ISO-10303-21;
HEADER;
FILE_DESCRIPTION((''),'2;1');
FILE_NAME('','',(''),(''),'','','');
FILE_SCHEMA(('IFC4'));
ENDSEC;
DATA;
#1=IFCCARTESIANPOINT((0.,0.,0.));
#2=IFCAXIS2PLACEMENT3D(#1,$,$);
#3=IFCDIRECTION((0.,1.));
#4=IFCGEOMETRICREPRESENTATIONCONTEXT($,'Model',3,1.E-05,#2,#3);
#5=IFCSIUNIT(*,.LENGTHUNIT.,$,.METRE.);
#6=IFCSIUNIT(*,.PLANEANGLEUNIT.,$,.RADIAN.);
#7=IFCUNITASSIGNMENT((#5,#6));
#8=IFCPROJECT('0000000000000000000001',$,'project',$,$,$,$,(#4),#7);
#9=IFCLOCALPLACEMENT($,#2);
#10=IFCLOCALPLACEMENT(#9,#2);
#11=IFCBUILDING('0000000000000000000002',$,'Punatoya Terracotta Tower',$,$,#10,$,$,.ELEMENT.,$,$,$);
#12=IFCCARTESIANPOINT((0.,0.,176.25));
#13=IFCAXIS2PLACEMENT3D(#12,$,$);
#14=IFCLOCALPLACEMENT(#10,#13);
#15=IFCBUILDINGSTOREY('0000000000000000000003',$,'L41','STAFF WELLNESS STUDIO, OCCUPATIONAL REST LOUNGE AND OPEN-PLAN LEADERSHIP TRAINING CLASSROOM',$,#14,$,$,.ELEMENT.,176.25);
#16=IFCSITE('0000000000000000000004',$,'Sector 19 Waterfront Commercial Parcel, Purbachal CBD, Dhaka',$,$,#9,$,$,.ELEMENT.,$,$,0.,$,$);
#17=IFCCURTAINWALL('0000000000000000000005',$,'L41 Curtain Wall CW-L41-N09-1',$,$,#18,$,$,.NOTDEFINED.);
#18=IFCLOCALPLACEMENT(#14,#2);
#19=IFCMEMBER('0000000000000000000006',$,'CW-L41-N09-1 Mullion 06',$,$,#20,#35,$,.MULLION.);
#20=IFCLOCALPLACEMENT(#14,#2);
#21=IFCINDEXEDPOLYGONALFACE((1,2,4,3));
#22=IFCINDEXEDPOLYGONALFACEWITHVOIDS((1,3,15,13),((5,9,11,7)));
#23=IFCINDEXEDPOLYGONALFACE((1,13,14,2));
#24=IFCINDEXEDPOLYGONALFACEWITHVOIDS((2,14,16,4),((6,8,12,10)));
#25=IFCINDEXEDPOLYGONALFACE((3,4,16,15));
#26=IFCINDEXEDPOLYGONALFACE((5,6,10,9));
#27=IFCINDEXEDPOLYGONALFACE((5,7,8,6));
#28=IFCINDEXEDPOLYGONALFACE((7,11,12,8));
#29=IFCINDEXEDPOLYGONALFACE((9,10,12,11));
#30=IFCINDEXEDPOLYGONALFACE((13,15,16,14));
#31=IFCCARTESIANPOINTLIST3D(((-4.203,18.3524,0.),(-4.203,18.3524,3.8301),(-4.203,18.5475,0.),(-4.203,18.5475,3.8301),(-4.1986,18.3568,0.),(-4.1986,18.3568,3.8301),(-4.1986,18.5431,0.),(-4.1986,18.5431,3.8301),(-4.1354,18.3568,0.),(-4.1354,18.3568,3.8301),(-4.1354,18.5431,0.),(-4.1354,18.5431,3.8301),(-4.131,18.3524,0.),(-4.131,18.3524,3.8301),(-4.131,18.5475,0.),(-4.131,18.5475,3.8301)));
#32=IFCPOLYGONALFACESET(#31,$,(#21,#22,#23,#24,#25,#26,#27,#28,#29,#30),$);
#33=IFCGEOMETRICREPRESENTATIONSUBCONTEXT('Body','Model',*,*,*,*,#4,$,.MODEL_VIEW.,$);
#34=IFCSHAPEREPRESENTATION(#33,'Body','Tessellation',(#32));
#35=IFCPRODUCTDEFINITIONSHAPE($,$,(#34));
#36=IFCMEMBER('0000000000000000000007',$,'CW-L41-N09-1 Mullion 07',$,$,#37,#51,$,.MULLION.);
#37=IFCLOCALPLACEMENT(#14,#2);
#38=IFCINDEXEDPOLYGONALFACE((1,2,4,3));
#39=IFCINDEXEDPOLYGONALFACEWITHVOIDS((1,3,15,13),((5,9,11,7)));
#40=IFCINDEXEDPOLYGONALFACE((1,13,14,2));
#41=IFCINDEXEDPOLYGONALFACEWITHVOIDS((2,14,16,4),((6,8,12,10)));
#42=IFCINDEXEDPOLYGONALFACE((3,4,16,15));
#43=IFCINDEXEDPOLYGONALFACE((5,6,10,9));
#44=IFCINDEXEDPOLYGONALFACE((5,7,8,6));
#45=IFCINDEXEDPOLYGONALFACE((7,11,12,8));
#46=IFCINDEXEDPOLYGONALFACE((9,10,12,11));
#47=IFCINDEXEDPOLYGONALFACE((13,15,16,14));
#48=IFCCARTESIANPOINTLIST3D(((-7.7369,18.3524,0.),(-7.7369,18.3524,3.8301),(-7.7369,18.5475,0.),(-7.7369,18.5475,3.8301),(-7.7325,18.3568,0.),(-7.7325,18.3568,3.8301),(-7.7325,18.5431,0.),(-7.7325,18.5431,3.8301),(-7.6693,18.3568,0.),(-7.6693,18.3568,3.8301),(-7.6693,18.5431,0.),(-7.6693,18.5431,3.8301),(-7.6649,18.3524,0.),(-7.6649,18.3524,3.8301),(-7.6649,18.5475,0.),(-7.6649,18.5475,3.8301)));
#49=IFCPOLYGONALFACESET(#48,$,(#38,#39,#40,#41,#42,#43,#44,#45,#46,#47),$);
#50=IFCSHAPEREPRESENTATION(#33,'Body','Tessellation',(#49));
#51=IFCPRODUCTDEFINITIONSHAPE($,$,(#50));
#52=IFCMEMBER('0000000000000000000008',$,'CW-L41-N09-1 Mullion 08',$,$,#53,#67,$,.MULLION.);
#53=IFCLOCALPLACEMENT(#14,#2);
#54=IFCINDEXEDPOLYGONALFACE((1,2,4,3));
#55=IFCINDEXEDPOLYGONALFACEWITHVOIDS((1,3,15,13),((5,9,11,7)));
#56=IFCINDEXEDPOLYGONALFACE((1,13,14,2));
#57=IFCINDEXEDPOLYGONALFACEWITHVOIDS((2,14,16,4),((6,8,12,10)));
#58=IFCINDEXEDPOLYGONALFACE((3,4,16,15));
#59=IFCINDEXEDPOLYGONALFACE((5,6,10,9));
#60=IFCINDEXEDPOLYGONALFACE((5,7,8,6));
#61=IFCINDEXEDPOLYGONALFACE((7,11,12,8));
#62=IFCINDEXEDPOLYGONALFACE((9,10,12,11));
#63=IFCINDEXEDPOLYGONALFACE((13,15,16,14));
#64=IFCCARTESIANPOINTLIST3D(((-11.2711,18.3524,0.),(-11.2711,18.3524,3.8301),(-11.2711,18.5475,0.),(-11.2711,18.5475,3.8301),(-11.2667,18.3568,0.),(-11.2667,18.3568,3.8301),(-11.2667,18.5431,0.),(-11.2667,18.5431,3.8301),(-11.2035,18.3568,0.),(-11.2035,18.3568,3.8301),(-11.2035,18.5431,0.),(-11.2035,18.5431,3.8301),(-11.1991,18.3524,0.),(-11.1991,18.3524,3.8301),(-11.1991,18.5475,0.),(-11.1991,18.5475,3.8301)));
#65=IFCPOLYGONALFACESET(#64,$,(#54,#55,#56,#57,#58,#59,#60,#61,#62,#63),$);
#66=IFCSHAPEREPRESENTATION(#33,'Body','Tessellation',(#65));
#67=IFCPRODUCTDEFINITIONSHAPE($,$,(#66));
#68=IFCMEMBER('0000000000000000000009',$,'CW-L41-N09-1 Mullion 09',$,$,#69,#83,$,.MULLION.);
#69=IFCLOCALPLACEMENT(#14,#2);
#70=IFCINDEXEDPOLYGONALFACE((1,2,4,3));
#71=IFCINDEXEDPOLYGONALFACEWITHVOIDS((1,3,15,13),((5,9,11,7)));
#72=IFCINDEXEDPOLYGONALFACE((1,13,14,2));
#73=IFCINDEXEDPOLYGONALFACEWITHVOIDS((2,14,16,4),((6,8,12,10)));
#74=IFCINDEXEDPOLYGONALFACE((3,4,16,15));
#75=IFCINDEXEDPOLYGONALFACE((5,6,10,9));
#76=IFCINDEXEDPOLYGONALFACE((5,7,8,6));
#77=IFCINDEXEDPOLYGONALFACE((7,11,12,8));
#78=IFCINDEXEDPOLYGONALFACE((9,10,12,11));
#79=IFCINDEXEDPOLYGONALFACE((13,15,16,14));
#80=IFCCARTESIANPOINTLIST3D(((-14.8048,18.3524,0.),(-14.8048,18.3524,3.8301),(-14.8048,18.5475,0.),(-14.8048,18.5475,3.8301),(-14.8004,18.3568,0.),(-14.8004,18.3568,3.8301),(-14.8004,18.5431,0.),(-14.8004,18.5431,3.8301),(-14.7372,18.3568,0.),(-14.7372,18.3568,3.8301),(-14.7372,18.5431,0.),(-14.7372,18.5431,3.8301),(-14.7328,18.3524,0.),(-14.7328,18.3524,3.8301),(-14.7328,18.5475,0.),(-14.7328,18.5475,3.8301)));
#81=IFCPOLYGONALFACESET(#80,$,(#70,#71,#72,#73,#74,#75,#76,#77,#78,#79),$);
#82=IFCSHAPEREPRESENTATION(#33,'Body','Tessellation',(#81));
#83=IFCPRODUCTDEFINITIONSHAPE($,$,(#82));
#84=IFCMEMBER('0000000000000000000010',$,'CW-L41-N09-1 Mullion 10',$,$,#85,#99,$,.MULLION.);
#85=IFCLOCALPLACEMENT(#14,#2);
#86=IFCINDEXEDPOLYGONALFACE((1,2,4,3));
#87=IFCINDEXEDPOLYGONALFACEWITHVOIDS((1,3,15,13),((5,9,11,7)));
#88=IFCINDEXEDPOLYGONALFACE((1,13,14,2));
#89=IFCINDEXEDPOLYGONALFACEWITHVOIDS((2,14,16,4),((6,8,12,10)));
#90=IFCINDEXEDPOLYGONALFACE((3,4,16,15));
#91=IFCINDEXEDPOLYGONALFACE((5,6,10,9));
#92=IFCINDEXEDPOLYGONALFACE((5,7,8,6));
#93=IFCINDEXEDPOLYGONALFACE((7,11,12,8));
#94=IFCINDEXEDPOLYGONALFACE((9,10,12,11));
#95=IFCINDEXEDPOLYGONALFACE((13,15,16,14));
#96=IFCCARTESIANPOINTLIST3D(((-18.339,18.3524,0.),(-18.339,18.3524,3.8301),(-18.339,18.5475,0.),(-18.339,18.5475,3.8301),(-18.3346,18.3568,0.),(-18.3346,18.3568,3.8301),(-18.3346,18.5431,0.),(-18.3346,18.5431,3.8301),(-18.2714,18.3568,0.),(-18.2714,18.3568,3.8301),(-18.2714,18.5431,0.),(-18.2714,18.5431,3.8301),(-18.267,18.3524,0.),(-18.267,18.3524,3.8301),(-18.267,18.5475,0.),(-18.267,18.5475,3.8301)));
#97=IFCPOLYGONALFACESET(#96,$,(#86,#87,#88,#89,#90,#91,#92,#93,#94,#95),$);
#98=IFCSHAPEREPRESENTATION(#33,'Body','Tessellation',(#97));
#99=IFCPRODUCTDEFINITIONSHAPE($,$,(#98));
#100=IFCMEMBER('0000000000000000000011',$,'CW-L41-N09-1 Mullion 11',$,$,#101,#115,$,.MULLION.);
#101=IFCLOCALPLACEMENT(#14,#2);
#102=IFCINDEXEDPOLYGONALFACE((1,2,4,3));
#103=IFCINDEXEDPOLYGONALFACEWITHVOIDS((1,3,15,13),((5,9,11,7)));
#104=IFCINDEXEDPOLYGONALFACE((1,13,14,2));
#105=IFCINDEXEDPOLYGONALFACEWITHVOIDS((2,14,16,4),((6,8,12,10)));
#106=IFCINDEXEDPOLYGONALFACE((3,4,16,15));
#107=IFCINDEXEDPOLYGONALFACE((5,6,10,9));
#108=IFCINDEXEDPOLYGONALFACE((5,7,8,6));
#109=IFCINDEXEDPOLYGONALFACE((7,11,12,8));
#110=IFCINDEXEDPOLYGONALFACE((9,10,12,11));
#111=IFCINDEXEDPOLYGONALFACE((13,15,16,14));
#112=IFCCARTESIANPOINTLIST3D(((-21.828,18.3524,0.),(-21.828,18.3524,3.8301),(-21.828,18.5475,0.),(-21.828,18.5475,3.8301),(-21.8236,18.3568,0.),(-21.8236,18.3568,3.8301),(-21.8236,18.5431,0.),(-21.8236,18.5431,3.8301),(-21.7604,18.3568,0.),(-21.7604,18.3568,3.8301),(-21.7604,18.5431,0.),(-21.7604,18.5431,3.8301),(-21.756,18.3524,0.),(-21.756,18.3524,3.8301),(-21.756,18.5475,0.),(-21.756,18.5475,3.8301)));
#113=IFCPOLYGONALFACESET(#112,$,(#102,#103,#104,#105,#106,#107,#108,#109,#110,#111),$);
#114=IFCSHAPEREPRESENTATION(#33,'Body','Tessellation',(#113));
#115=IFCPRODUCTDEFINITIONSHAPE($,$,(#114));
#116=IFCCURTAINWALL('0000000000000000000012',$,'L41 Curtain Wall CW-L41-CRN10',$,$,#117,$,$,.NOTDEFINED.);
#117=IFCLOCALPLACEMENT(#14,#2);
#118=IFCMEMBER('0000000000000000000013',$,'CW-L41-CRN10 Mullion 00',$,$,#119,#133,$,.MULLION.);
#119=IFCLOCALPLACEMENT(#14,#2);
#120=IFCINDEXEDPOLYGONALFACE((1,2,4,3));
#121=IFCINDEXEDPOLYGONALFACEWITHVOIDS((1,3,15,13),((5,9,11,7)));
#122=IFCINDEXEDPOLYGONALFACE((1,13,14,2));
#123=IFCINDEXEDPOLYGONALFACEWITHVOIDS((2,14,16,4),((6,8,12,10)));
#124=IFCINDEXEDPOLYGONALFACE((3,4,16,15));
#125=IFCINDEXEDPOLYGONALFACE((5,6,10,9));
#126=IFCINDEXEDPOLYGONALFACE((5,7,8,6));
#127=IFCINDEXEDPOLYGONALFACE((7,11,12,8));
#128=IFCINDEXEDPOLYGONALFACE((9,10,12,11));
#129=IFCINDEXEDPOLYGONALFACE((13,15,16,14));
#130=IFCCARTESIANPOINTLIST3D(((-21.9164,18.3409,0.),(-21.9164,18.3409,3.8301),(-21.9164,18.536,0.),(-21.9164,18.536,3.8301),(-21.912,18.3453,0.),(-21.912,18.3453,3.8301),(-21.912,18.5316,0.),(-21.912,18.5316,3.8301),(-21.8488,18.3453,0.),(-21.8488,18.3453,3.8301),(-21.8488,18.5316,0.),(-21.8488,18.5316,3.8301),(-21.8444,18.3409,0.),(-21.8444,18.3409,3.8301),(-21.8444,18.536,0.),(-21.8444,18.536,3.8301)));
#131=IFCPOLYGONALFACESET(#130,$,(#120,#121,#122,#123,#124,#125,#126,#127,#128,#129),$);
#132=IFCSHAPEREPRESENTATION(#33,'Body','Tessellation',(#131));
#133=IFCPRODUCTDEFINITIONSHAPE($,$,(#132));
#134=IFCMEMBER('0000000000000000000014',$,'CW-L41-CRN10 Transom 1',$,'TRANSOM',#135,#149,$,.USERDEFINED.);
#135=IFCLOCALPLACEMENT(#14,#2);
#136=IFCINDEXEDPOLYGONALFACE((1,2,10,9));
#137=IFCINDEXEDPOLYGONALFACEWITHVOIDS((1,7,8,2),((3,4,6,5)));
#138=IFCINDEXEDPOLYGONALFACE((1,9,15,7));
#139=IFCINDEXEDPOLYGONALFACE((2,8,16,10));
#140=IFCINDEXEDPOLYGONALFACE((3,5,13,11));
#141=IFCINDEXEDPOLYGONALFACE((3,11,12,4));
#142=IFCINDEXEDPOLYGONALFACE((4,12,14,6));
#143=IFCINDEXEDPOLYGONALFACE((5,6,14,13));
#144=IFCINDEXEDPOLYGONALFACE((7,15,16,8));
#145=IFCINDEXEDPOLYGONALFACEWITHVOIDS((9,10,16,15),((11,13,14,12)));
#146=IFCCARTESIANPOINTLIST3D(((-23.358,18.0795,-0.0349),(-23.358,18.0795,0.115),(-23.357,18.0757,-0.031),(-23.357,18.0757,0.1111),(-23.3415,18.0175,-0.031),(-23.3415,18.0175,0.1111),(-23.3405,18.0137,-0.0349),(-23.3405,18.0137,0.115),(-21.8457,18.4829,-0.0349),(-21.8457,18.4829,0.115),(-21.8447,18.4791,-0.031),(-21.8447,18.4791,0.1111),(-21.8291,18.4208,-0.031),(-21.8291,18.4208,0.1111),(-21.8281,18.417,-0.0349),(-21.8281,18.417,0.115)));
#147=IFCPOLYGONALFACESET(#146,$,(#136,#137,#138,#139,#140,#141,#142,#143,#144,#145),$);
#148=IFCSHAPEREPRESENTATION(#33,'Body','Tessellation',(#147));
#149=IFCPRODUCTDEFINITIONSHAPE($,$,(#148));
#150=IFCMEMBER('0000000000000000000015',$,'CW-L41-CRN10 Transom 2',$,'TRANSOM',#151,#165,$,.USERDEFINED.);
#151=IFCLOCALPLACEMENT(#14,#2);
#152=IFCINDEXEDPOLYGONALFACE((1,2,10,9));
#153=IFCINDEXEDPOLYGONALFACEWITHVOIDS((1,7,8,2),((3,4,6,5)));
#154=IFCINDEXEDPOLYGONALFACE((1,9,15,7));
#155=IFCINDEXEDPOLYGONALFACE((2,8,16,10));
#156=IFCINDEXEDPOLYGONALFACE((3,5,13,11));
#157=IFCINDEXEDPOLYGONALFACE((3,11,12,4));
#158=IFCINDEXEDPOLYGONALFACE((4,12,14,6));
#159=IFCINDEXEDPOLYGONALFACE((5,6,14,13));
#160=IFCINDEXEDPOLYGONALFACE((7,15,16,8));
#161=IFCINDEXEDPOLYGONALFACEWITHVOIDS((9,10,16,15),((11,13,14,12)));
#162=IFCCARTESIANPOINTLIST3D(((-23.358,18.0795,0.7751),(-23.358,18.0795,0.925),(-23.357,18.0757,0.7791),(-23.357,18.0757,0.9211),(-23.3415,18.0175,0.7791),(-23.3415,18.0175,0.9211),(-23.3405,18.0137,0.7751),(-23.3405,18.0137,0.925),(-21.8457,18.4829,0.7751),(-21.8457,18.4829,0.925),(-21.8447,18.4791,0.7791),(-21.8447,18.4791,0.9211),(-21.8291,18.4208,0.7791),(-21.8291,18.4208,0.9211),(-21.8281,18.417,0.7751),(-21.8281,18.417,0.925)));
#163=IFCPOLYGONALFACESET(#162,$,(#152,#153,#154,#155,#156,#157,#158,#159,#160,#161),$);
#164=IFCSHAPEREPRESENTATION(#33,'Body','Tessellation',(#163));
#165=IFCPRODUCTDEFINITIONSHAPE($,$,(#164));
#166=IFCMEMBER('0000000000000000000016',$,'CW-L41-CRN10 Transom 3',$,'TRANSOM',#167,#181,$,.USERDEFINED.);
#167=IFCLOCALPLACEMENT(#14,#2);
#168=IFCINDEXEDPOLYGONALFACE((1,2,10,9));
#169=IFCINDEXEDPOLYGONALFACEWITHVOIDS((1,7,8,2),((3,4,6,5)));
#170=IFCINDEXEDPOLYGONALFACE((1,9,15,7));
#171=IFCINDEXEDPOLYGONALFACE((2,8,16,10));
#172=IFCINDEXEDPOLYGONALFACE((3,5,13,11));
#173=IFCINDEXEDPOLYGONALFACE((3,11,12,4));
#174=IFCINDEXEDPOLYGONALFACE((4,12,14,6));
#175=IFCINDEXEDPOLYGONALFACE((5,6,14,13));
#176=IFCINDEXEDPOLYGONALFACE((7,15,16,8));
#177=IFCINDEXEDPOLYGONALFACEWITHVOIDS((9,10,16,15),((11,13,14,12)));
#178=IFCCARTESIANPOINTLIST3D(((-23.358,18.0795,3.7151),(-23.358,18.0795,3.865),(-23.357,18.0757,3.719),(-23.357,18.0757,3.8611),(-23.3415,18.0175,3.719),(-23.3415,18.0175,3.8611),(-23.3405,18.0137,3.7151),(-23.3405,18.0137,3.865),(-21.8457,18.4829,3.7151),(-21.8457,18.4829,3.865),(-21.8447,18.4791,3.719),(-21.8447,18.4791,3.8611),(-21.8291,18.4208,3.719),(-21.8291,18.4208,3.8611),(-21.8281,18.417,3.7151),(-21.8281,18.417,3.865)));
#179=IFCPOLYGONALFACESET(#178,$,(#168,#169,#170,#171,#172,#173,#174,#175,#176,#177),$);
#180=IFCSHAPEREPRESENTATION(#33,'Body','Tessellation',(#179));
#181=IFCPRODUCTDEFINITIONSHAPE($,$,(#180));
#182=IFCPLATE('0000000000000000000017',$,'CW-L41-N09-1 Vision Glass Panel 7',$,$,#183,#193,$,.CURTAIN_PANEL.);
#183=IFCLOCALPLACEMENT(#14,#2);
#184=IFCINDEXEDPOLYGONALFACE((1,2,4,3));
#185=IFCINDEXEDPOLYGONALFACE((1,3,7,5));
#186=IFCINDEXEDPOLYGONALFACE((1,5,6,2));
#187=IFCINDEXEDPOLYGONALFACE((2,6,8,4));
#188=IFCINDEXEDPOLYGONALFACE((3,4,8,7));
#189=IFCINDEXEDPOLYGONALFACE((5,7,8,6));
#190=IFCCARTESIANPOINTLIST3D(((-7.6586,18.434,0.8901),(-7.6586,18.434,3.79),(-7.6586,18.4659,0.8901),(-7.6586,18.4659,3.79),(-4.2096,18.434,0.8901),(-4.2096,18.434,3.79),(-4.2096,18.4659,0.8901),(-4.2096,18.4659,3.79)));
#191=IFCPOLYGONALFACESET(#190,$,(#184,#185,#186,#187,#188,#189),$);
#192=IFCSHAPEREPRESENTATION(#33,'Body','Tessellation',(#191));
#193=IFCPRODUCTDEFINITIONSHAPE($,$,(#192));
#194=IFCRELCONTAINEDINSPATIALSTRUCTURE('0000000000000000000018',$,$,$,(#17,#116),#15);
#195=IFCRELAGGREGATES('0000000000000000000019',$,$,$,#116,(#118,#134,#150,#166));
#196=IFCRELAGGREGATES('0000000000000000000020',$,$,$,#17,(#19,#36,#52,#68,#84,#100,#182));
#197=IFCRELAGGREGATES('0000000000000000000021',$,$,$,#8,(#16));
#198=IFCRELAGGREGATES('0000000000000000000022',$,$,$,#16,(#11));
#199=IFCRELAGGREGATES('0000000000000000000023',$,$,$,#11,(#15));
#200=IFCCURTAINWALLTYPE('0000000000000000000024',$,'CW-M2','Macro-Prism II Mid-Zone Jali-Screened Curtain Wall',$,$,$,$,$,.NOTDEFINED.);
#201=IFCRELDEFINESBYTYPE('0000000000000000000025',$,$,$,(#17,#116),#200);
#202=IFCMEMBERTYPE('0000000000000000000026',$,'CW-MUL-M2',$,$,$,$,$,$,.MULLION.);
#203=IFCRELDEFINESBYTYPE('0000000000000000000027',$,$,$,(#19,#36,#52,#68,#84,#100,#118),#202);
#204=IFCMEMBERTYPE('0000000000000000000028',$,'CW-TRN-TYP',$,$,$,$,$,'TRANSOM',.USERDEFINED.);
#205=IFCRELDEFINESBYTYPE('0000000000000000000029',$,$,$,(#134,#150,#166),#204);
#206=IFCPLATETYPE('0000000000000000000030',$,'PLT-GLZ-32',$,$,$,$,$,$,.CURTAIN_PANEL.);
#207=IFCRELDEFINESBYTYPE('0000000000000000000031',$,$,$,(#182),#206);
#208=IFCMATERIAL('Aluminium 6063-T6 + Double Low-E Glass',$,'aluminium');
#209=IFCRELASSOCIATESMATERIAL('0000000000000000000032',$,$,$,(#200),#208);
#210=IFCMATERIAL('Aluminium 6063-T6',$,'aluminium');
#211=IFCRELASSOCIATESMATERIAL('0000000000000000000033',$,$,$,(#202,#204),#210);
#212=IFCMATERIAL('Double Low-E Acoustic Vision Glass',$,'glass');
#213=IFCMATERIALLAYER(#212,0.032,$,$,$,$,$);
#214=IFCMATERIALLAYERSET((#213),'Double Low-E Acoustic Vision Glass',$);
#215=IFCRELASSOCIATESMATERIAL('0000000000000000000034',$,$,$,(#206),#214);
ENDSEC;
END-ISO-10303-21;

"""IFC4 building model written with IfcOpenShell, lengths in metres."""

from ifc_helpers import new_model, si_unit, direction, frame, origin, origin_2d, place, context, subcontext, project, spatial, rectangle, hollow_rectangle, extrude, material, layer, layer_set, material_profile, profile_set, type_object, element, aggregate, save


model = new_model("IFC4")

# Units and contexts
model_context = context("Model", 3, precision=1e-05, world=origin(), true_north=direction((0.0, 1.0)))
body_context = subcontext(model_context, "Body", "Model", "MODEL_VIEW")
ifc_project = project(units=[si_unit("LENGTHUNIT", "METRE"), si_unit("PLANEANGLEUNIT", "RADIAN")], contexts=[model_context])

# Site, building, storey
site_placement = place(None, origin())
site = spatial("IfcSite", under=ifc_project, at=site_placement, Name="Sector 19 Waterfront Commercial Parcel, Purbachal CBD, Dhaka", CompositionType="ELEMENT", RefElevation=0.0)
building_placement = place(site_placement, origin())
building = spatial("IfcBuilding", under=site, at=building_placement, Name="Punatoya Terracotta Tower", CompositionType="ELEMENT")
storey_placement = place(building_placement, frame((0.0, 0.0, 176.25)))
storey = spatial("IfcBuildingStorey", under=building, at=storey_placement, Name="L41", Description="STAFF WELLNESS STUDIO, OCCUPATIONAL REST LOUNGE AND OPEN-PLAN LEADERSHIP TRAINING CLASSROOM", CompositionType="ELEMENT", Elevation=176.25)

# Curtain walls, members
ifc_material_1 = material(Name="Aluminium 6063-T6 + Double Low-E Glass", Category="aluminium")
curtain_wall_type = type_object("IfcCurtainWallType", Name="CW-M2", Description="Macro-Prism II Mid-Zone Jali-Screened Curtain Wall", PredefinedType="NOTDEFINED", material=ifc_material_1)
curtain_wall_1_placement = place(storey_placement, origin())
curtain_wall_1 = element("IfcCurtainWall", 1, at=curtain_wall_1_placement, inside=storey, type_object=curtain_wall_type, Name="L41 Curtain Wall CW-L41-N09-1", PredefinedType="NOTDEFINED")
ifc_material_2 = material(Name="Aluminium 6063-T6", Category="aluminium")
ifc_material_profile_1 = material_profile(ifc_material_2, hollow_rectangle(XDim=0.072, YDim=0.1951, WallThickness=0.0044, at=origin_2d()))
ifc_profile_set_1 = profile_set([ifc_material_profile_1], Name="Aluminium 6063-T6")
member_type_1 = type_object("IfcMemberType", Name="CW-MUL-M2", PredefinedType="MULLION", material=ifc_profile_set_1)
member_1_placement = place(storey_placement, frame((-4.167, 18.45, 0.0), z_axis=(0.0, 0.0, 1.0), x_axis=(1.0, 0.0, 0.0)))
member_1 = element("IfcMember", 2, at=member_1_placement, type_object=member_type_1, Name="CW-L41-N09-1 Mullion 06", PredefinedType="MULLION", context=body_context, shape_type="SweptSolid", body=[
    extrude(hollow_rectangle(XDim=0.072, YDim=0.1951, WallThickness=0.0044, at=origin_2d()), origin(), (0.0, 0.0, 1.0), 3.8301),
])
member_2_placement = place(storey_placement, frame((-7.7009, 18.45, 0.0), z_axis=(0.0, 0.0, 1.0), x_axis=(1.0, 0.0, 0.0)))
member_2 = element("IfcMember", 3, at=member_2_placement, type_object=member_type_1, Name="CW-L41-N09-1 Mullion 07", PredefinedType="MULLION", context=body_context, shape_type="SweptSolid", body=[
    extrude(hollow_rectangle(XDim=0.072, YDim=0.1951, WallThickness=0.0044, at=origin_2d()), origin(), (0.0, 0.0, 1.0), 3.8301),
])
member_3_placement = place(storey_placement, frame((-11.2351, 18.45, 0.0), z_axis=(0.0, 0.0, 1.0), x_axis=(1.0, 0.0, 0.0)))
member_3 = element("IfcMember", 4, at=member_3_placement, type_object=member_type_1, Name="CW-L41-N09-1 Mullion 08", PredefinedType="MULLION", context=body_context, shape_type="SweptSolid", body=[
    extrude(hollow_rectangle(XDim=0.072, YDim=0.1951, WallThickness=0.0044, at=origin_2d()), origin(), (0.0, 0.0, 1.0), 3.8301),
])
member_4_placement = place(storey_placement, frame((-14.7688, 18.45, 0.0), z_axis=(0.0, 0.0, 1.0), x_axis=(1.0, 0.0, 0.0)))
member_4 = element("IfcMember", 5, at=member_4_placement, type_object=member_type_1, Name="CW-L41-N09-1 Mullion 09", PredefinedType="MULLION", context=body_context, shape_type="SweptSolid", body=[
    extrude(hollow_rectangle(XDim=0.072, YDim=0.1951, WallThickness=0.0044, at=origin_2d()), origin(), (0.0, 0.0, 1.0), 3.8301),
])
member_5_placement = place(storey_placement, frame((-18.303, 18.45, 0.0), z_axis=(0.0, 0.0, 1.0), x_axis=(1.0, 0.0, 0.0)))
member_5 = element("IfcMember", 6, at=member_5_placement, type_object=member_type_1, Name="CW-L41-N09-1 Mullion 10", PredefinedType="MULLION", context=body_context, shape_type="SweptSolid", body=[
    extrude(hollow_rectangle(XDim=0.072, YDim=0.1951, WallThickness=0.0044, at=origin_2d()), origin(), (0.0, 0.0, 1.0), 3.8301),
])
member_6_placement = place(storey_placement, frame((-21.792, 18.45, 0.0), z_axis=(0.0, 0.0, 1.0), x_axis=(1.0, 0.0, 0.0)))
member_6 = element("IfcMember", 7, at=member_6_placement, type_object=member_type_1, Name="CW-L41-N09-1 Mullion 11", PredefinedType="MULLION", context=body_context, shape_type="SweptSolid", body=[
    extrude(hollow_rectangle(XDim=0.072, YDim=0.1951, WallThickness=0.0044, at=origin_2d()), origin(), (0.0, 0.0, 1.0), 3.8301),
])
curtain_wall_2_placement = place(storey_placement, origin())
curtain_wall_2 = element("IfcCurtainWall", 8, at=curtain_wall_2_placement, inside=storey, type_object=curtain_wall_type, Name="L41 Curtain Wall CW-L41-CRN10", PredefinedType="NOTDEFINED")
member_7_placement = place(storey_placement, frame((-21.8804, 18.4385, 0.0), z_axis=(0.0, 0.0, 1.0), x_axis=(1.0, 0.0, 0.0)))
member_7 = element("IfcMember", 9, at=member_7_placement, type_object=member_type_1, Name="CW-L41-CRN10 Mullion 00", PredefinedType="MULLION", context=body_context, shape_type="SweptSolid", body=[
    extrude(hollow_rectangle(XDim=0.072, YDim=0.1951, WallThickness=0.0044, at=origin_2d()), origin(), (0.0, 0.0, 1.0), 3.8301),
])
ifc_material_profile_2 = material_profile(ifc_material_2, hollow_rectangle(XDim=0.0681, YDim=0.1499, WallThickness=0.0039, at=origin_2d()))
ifc_profile_set_2 = profile_set([ifc_material_profile_2], Name="Aluminium 6063-T6")
member_type_2 = type_object("IfcMemberType", Name="CW-TRN-TYP", ElementType="TRANSOM", PredefinedType="USERDEFINED", material=ifc_profile_set_2)
member_8_placement = place(storey_placement, frame((-21.8369, 18.45, 0.04), z_axis=(-0.966225, -0.257701, 0.0), x_axis=(0.257701, -0.966225, 0.0)))
member_8 = element("IfcMember", 10, at=member_8_placement, type_object=member_type_2, Name="CW-L41-CRN10 Transom 1", ObjectType="TRANSOM", PredefinedType="USERDEFINED", context=body_context, shape_type="SweptSolid", body=[
    extrude(hollow_rectangle(XDim=0.0681, YDim=0.1499, WallThickness=0.0039, at=origin_2d()), origin(), (0.0, 0.0, 1.0), 1.5652),
])
member_9_placement = place(storey_placement, frame((-21.8369, 18.45, 0.8501), z_axis=(-0.966225, -0.257701, 0.0), x_axis=(0.257701, -0.966225, 0.0)))
member_9 = element("IfcMember", 11, at=member_9_placement, type_object=member_type_2, Name="CW-L41-CRN10 Transom 2", ObjectType="TRANSOM", PredefinedType="USERDEFINED", context=body_context, shape_type="SweptSolid", body=[
    extrude(hollow_rectangle(XDim=0.0681, YDim=0.1499, WallThickness=0.0039, at=origin_2d()), origin(), (0.0, 0.0, 1.0), 1.5652),
])
member_10_placement = place(storey_placement, frame((-21.8369, 18.45, 3.79), z_axis=(-0.966225, -0.257701, 0.0), x_axis=(0.257701, -0.966225, 0.0)))
member_10 = element("IfcMember", 12, at=member_10_placement, type_object=member_type_2, Name="CW-L41-CRN10 Transom 3", ObjectType="TRANSOM", PredefinedType="USERDEFINED", context=body_context, shape_type="SweptSolid", body=[
    extrude(hollow_rectangle(XDim=0.0681, YDim=0.1499, WallThickness=0.0039, at=origin_2d()), origin(), (0.0, 0.0, 1.0), 1.5652),
])

# Plate
ifc_material_3 = material(Name="Double Low-E Acoustic Vision Glass", Category="glass")
ifc_layer_1 = layer(ifc_material_3, 0.032)
ifc_layer_set_1 = layer_set([ifc_layer_1], Name="Double Low-E Acoustic Vision Glass")
plate_type_1 = type_object("IfcPlateType", Name="PLT-GLZ-32", PredefinedType="CURTAIN_PANEL", material=ifc_layer_set_1)
plate_1_placement = place(storey_placement, frame((-5.9341, 18.45, 0.8901), z_axis=(0.0, 0.0, 1.0), x_axis=(-1.0, 0.0, 0.0)))
plate_1 = element("IfcPlate", 13, at=plate_1_placement, type_object=plate_type_1, Name="CW-L41-N09-1 Vision Glass Panel 7", PredefinedType="CURTAIN_PANEL", context=body_context, shape_type="SweptSolid", body=[
    extrude(rectangle(XDim=3.449, YDim=0.032, at=origin_2d()), origin(), (0.0, 0.0, 1.0), 2.8999),
])
aggregate(curtain_wall_2, [member_7, member_8, member_9, member_10])
aggregate(curtain_wall_1, [member_1, member_2, member_3, member_4, member_5, member_6, plate_1])

save(model, "model.ifc")
